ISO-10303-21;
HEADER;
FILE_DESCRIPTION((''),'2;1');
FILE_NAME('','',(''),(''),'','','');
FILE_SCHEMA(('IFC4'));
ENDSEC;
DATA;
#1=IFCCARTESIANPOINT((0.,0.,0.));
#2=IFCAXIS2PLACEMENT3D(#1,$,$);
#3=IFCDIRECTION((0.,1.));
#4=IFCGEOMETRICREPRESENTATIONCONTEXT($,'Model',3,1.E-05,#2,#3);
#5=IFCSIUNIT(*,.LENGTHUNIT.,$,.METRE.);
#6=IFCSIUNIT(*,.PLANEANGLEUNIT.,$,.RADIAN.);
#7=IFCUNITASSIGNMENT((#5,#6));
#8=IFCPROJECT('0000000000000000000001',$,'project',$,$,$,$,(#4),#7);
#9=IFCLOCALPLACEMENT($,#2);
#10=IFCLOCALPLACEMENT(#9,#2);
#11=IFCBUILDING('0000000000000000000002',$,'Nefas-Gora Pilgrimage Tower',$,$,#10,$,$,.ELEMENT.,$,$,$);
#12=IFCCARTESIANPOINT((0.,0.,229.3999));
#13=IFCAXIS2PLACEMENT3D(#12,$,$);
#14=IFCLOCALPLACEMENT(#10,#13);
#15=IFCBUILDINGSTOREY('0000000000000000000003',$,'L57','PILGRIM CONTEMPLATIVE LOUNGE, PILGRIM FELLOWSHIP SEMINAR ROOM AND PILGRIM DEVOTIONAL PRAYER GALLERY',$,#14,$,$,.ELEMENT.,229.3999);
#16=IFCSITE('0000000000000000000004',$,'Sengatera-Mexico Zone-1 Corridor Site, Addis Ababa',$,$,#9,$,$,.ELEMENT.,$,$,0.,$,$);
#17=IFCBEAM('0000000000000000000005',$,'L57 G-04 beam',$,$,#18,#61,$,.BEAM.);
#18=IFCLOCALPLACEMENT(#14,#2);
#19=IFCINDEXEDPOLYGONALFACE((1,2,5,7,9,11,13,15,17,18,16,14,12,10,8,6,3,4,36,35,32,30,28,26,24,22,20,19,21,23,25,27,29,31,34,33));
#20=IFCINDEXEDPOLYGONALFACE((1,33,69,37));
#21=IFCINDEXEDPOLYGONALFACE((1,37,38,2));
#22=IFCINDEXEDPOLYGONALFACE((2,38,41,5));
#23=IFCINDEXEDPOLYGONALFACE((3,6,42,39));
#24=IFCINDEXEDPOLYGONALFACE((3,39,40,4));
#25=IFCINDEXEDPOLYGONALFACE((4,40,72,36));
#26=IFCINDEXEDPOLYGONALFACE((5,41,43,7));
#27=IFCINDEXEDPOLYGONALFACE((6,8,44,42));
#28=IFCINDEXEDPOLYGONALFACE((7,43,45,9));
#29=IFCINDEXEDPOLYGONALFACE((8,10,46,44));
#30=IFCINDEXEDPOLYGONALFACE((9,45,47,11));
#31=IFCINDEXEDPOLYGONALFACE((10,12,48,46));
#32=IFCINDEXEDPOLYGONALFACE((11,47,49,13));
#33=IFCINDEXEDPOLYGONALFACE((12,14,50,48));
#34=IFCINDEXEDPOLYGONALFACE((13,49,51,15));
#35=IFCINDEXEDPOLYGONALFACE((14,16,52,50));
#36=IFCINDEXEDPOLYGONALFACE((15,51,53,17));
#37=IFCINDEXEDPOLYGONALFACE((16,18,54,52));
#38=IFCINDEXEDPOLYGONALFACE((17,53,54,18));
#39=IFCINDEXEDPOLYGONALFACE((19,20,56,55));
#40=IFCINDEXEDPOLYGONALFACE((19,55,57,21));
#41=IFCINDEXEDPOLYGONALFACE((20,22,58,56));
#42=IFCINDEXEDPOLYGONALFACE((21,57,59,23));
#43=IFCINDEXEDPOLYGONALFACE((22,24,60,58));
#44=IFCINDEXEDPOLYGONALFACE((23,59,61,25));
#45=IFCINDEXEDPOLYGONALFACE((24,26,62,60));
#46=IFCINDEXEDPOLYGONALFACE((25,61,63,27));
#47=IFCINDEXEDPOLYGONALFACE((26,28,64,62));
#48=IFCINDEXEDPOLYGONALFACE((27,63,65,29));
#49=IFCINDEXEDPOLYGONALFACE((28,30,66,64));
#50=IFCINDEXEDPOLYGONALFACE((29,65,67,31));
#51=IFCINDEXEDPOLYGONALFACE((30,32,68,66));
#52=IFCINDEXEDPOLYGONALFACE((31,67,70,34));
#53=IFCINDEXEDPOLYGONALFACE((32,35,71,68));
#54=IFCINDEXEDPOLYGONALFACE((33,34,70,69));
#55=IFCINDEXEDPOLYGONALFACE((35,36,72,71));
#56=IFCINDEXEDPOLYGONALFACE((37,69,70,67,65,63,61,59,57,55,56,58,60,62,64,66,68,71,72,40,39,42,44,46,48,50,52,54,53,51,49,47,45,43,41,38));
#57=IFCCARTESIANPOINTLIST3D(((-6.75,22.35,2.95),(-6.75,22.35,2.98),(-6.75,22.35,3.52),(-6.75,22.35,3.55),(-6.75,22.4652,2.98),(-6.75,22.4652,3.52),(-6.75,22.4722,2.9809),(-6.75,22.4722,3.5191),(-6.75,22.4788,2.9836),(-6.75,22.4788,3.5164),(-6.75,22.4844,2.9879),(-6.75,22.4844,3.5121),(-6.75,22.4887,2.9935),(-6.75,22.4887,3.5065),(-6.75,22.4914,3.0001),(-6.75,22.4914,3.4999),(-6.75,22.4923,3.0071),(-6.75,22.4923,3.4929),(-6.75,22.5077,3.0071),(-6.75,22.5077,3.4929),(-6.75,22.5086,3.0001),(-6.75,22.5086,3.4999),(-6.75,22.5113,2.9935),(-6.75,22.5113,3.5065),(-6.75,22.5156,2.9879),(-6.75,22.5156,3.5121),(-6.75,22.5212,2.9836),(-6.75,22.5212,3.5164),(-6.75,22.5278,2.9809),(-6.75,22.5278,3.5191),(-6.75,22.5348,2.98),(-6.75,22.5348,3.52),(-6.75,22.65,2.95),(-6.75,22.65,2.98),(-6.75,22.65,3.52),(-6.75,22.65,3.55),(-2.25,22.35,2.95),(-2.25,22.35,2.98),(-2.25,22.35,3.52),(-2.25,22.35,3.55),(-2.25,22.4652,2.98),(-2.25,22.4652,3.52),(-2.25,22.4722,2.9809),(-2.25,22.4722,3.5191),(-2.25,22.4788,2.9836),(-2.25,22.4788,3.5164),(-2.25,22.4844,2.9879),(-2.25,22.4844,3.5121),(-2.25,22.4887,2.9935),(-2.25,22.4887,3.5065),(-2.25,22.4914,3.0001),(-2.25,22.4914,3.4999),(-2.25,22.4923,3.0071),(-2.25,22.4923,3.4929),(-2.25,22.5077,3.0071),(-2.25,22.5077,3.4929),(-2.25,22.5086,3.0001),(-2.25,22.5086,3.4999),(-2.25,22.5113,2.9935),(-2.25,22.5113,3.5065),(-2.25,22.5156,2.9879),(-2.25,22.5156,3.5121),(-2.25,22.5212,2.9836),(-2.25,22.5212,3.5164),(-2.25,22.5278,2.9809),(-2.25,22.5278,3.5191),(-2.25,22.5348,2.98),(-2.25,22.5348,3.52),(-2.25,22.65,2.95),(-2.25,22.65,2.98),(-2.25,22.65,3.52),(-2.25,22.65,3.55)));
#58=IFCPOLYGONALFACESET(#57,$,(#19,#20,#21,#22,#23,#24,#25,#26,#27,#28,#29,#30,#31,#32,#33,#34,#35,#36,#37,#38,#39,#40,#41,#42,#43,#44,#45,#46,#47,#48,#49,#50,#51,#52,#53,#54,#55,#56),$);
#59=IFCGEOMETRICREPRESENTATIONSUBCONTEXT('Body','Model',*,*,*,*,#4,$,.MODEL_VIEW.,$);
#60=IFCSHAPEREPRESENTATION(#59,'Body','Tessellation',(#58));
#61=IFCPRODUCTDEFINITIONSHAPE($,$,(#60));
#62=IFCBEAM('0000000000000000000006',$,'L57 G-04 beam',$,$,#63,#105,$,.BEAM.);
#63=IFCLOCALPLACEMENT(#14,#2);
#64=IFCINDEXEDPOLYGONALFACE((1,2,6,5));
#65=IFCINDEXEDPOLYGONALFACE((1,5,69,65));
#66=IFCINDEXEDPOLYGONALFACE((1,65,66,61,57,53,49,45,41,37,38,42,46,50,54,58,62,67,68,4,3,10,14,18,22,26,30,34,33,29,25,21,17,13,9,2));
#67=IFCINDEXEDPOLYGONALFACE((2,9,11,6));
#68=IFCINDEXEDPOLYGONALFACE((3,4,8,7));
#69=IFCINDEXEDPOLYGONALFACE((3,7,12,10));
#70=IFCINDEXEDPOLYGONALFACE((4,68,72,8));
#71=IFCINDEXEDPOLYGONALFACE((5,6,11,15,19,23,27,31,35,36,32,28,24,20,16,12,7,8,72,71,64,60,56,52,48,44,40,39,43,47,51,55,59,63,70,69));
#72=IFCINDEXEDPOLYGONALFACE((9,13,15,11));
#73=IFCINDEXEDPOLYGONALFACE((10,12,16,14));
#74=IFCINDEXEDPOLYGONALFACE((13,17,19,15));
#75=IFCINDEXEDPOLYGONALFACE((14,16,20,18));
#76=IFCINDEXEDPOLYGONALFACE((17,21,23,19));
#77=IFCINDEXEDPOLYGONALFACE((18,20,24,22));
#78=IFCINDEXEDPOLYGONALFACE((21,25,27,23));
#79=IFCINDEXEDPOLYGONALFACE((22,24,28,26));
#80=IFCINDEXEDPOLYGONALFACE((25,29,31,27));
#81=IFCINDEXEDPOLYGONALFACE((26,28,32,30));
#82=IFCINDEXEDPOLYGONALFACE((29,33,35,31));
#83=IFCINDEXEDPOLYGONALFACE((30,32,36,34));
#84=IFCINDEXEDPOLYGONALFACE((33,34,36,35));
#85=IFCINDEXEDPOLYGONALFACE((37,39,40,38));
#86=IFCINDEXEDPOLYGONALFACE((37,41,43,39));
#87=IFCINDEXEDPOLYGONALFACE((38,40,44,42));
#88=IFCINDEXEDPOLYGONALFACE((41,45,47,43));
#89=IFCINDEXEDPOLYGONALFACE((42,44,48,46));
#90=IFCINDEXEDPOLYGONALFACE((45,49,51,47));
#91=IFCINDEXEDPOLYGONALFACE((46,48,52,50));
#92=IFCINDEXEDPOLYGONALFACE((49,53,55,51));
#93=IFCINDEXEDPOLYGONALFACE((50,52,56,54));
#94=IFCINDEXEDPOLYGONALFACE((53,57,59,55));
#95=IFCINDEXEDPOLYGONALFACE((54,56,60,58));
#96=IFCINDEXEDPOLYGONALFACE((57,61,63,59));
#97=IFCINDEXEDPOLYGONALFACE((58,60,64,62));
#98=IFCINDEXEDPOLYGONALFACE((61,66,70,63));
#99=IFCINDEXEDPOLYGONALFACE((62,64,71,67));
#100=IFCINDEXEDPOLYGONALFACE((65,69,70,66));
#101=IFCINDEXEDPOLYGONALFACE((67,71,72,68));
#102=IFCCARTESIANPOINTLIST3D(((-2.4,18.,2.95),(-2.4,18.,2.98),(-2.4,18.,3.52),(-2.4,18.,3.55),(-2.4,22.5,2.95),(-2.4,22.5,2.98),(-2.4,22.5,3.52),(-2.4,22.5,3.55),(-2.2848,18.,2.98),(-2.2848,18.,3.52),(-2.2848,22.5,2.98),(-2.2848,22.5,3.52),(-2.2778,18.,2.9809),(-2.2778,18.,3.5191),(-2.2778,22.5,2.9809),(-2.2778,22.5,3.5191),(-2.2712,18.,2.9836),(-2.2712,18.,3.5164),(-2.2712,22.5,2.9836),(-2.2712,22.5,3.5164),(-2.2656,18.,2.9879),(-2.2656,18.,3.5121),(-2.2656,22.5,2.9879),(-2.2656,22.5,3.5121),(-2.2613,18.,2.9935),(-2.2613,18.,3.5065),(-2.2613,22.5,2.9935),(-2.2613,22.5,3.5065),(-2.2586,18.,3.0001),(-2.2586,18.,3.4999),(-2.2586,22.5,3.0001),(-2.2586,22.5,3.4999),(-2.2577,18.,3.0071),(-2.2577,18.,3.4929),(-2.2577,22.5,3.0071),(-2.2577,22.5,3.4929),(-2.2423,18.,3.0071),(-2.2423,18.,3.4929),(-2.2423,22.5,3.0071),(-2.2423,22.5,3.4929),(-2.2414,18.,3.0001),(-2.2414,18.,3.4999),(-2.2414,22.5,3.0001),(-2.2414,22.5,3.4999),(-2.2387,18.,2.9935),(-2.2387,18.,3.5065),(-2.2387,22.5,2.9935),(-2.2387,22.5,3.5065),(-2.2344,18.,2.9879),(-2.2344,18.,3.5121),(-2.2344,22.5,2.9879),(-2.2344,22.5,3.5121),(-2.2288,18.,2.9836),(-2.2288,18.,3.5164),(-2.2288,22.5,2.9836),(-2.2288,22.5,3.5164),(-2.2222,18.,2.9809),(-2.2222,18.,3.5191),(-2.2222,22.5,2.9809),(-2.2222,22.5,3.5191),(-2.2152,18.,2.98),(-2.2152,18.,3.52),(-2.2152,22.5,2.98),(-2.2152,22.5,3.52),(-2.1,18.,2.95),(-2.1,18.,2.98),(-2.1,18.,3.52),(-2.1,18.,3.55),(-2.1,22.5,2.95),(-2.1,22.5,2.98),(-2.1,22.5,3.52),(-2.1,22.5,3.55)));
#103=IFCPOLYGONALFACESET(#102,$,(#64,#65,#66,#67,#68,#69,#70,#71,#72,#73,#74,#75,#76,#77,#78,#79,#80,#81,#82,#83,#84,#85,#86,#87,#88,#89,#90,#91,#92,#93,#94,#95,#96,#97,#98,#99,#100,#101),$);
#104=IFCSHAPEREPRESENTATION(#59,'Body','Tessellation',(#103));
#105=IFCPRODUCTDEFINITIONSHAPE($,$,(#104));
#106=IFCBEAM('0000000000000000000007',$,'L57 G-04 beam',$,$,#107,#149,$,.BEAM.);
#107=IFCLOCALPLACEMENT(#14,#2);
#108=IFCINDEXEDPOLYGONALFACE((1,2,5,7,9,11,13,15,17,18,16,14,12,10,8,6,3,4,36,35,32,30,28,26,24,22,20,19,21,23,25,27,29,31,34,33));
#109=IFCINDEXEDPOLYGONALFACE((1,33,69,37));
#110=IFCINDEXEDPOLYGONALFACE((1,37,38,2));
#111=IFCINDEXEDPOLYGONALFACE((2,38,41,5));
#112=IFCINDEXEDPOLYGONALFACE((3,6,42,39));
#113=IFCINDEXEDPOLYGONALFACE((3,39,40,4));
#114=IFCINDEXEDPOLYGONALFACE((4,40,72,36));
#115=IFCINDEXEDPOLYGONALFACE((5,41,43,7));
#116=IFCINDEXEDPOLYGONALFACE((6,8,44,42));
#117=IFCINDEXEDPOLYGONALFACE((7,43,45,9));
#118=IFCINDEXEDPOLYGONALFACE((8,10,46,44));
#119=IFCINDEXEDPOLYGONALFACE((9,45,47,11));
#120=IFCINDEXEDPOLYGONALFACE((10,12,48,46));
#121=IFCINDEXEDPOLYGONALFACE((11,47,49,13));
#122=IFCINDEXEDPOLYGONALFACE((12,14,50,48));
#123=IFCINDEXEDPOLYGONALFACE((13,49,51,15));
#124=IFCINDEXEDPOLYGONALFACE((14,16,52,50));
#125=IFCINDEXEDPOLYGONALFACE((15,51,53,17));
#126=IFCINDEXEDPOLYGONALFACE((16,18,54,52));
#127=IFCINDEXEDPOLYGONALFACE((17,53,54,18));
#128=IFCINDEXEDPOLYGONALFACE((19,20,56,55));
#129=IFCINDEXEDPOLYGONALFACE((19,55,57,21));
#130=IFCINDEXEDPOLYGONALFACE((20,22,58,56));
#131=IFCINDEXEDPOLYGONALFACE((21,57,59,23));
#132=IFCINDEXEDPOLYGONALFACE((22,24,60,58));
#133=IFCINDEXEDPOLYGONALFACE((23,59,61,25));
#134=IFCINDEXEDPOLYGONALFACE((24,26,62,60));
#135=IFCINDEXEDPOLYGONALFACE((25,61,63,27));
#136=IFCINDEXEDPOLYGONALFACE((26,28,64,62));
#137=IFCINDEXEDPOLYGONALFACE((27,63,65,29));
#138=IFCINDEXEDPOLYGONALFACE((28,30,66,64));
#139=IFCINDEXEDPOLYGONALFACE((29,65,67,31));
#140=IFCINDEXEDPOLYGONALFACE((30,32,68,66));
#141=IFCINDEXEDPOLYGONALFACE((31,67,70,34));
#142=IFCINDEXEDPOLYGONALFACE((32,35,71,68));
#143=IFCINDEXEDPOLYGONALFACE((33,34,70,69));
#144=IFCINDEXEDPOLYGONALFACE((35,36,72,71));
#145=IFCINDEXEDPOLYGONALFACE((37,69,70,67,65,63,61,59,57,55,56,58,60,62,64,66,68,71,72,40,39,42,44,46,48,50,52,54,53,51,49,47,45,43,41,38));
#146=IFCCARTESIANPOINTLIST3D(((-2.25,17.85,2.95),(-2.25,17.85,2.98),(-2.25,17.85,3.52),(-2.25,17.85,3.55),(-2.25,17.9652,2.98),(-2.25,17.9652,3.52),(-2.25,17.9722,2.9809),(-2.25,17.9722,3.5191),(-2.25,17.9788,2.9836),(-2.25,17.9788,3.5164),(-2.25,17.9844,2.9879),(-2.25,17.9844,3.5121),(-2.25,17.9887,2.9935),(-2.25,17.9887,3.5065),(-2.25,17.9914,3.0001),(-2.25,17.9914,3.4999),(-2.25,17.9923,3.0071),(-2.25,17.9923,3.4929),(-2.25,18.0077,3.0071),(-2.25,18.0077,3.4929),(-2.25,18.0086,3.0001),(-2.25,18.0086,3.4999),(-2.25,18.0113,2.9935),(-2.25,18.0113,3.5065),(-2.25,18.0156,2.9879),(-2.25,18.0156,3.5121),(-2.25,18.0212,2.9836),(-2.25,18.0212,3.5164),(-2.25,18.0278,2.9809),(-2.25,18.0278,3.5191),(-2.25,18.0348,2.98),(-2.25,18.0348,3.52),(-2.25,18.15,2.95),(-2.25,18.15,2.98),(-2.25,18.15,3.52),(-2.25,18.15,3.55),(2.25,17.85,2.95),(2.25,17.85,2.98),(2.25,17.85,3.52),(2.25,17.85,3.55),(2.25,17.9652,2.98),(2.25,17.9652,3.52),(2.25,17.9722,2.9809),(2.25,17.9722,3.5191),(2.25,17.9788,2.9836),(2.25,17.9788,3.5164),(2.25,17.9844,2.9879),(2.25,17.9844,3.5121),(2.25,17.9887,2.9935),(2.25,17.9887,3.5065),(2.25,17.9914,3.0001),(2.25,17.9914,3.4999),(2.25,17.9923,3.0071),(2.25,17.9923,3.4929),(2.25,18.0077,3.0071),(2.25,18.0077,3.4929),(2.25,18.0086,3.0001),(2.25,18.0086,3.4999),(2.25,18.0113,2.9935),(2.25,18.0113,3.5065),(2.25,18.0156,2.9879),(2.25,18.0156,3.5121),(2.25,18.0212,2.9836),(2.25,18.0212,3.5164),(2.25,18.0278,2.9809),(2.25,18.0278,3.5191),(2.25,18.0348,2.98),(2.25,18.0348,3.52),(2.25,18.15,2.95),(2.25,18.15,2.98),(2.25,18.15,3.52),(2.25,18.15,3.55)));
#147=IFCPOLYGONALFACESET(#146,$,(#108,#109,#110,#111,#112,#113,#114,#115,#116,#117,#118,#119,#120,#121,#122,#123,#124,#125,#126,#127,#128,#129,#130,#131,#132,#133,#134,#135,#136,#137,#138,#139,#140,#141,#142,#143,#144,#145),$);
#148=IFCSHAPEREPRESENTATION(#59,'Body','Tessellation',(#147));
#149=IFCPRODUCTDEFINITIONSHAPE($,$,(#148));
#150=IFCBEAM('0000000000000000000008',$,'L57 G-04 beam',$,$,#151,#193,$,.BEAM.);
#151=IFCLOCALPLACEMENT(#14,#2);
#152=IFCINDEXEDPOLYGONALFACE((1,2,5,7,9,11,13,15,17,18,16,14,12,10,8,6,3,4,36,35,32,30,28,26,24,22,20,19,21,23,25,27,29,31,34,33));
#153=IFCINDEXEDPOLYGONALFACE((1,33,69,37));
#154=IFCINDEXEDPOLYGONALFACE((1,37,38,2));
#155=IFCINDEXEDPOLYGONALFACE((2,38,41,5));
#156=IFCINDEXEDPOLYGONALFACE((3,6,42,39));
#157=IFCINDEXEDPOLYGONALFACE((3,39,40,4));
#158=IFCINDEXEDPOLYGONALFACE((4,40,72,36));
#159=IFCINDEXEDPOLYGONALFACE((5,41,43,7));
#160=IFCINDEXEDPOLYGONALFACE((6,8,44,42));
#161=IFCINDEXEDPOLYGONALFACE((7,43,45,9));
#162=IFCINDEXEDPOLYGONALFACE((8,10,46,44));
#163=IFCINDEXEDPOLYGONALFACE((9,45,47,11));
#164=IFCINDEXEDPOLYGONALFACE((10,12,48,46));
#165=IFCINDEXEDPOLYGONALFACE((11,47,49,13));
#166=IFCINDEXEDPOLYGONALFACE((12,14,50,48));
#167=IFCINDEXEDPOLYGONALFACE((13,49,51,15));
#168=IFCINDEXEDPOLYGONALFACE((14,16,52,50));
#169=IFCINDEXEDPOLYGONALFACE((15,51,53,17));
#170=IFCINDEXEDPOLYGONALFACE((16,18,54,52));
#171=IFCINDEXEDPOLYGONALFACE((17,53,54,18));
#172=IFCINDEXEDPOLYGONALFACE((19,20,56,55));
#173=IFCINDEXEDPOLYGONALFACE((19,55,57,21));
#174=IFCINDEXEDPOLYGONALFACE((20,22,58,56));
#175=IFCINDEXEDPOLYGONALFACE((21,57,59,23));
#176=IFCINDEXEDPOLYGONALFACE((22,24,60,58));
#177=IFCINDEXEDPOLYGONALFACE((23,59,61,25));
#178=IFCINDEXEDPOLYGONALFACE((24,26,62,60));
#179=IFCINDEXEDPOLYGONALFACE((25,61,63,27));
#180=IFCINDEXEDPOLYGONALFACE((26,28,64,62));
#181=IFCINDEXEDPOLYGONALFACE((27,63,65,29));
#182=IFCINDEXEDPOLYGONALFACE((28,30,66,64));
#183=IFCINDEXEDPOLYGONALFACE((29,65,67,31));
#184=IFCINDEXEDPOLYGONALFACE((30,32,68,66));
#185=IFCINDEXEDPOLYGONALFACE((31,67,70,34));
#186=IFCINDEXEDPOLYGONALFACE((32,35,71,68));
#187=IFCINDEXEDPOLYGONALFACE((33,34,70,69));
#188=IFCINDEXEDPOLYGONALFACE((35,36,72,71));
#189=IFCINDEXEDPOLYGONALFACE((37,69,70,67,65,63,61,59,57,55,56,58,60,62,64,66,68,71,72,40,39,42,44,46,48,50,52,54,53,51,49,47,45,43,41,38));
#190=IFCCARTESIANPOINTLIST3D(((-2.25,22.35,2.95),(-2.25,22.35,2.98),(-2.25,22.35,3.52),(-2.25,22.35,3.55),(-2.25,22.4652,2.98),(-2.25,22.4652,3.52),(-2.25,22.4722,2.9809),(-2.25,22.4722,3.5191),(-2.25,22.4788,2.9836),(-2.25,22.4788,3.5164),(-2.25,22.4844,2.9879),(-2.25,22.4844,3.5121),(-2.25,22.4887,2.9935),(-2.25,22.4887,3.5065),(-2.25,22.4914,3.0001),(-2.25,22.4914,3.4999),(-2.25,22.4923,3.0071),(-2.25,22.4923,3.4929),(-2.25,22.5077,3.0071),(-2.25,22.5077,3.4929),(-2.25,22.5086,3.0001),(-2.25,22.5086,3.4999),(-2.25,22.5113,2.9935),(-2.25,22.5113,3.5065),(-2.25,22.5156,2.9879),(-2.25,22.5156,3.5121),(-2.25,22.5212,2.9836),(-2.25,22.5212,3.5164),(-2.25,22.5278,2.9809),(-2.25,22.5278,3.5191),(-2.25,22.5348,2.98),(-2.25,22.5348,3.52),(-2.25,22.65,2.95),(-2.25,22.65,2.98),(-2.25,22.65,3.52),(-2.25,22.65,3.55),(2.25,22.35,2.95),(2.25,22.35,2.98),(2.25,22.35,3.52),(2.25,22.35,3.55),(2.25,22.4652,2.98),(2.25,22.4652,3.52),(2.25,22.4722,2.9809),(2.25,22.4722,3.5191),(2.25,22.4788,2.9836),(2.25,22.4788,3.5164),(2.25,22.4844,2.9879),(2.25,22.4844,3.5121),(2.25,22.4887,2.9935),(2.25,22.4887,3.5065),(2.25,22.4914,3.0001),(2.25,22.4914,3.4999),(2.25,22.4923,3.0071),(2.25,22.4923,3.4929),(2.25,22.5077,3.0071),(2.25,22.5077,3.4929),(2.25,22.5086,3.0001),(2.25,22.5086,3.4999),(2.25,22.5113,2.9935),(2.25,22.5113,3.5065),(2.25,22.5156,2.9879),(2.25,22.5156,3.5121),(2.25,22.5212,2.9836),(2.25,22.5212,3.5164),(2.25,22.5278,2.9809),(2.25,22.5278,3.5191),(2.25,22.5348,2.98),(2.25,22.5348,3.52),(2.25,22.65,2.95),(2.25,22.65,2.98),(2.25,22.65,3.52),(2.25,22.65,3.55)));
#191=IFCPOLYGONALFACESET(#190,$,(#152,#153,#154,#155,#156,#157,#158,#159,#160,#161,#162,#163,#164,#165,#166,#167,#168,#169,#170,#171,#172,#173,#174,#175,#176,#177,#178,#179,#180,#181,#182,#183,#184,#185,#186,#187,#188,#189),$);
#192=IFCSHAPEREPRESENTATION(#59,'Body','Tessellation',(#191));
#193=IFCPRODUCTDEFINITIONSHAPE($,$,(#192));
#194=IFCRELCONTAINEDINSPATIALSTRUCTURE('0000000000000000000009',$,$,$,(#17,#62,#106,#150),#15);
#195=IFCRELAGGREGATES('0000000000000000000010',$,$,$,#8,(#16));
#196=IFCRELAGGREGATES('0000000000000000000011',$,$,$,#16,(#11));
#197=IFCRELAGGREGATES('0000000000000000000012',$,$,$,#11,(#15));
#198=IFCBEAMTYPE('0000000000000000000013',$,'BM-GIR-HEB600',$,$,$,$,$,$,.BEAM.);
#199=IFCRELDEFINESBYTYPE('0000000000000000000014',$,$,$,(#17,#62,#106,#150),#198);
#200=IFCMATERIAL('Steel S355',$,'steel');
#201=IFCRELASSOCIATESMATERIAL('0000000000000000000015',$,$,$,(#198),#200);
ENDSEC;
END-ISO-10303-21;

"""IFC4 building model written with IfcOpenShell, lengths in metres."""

from ifc_helpers import new_model, si_unit, direction, frame, origin, origin_2d, place, context, subcontext, project, spatial, i_section, extrude, source, transform, mapped, material, material_profile, profile_set, type_object, element, save


model = new_model("IFC4")

# Units and contexts
model_context = context("Model", 3, precision=1e-05, world=origin(), true_north=direction((0.0, 1.0)))
body_context = subcontext(model_context, "Body", "Model", "MODEL_VIEW")
ifc_project = project(units=[si_unit("LENGTHUNIT", "METRE"), si_unit("PLANEANGLEUNIT", "RADIAN")], contexts=[model_context])

# Site, building, storey
site_placement = place(None, origin())
site = spatial("IfcSite", under=ifc_project, at=site_placement, Name="Sengatera-Mexico Zone-1 Corridor Site, Addis Ababa", CompositionType="ELEMENT", RefElevation=0.0)
building_placement = place(site_placement, origin())
building = spatial("IfcBuilding", under=site, at=building_placement, Name="Nefas-Gora Pilgrimage Tower", CompositionType="ELEMENT")
storey_placement = place(building_placement, frame((0.0, 0.0, 229.3999)))
storey = spatial("IfcBuildingStorey", under=building, at=storey_placement, Name="L57", Description="PILGRIM CONTEMPLATIVE LOUNGE, PILGRIM FELLOWSHIP SEMINAR ROOM AND PILGRIM DEVOTIONAL PRAYER GALLERY", CompositionType="ELEMENT", Elevation=229.3999)

# Beams
ifc_material_1 = material(Name="Steel S355", Category="steel")
ifc_material_profile_1 = material_profile(ifc_material_1, i_section(OverallWidth=0.3, OverallDepth=0.6001, WebThickness=0.0154, FlangeThickness=0.03, FilletRadius=0.0271, at=origin_2d()), Name="HEB 600")
ifc_profile_set_1 = profile_set([ifc_material_profile_1], Name="Steel S355")
beam_type = type_object("IfcBeamType", Name="BM-GIR-HEB600", PredefinedType="BEAM", material=ifc_profile_set_1)
shared_shape_1 = source(origin(), body_context, "Body", "SweptSolid", [
    extrude(i_section(OverallWidth=0.3, OverallDepth=0.6001, WebThickness=0.0154, FlangeThickness=0.03, FilletRadius=0.0271, at=origin_2d()), origin(), (0.0, 0.0, 1.0), 4.5),
])
for number, where, z_axis, x_axis, name in (
    (1, (-6.75, 22.5, 3.25), (1.0, 0.0, 0.0), (0.0, 1.0, 0.0), "L57 G-04 beam"),
    (2, (-2.25, 18.0, 3.25), (0.0, 1.0, 0.0), (-1.0, 0.0, 0.0), "L57 G-04 beam"),
    (3, (-2.25, 18.0, 3.25), (1.0, 0.0, 0.0), (0.0, 1.0, 0.0), "L57 G-04 beam"),
    (4, (-2.25, 22.5, 3.25), (1.0, 0.0, 0.0), (0.0, 1.0, 0.0), "L57 G-04 beam"),
):
    element("IfcBeam", number, at=place(storey_placement, frame(where, z_axis=z_axis, x_axis=x_axis)), inside=storey, type_object=beam_type, Name=name, PredefinedType="BEAM", context=body_context, shape_type="MappedRepresentation", body=[
        mapped(shared_shape_1, transform((0.0, 0.0, 0.0), x_axis=(1.0, 0.0, 0.0), y_axis=(0.0, 1.0, 0.0), z_axis=(0.0, 0.0, 1.0), scale=1.0)),
    ])

save(model, "model.ifc")
